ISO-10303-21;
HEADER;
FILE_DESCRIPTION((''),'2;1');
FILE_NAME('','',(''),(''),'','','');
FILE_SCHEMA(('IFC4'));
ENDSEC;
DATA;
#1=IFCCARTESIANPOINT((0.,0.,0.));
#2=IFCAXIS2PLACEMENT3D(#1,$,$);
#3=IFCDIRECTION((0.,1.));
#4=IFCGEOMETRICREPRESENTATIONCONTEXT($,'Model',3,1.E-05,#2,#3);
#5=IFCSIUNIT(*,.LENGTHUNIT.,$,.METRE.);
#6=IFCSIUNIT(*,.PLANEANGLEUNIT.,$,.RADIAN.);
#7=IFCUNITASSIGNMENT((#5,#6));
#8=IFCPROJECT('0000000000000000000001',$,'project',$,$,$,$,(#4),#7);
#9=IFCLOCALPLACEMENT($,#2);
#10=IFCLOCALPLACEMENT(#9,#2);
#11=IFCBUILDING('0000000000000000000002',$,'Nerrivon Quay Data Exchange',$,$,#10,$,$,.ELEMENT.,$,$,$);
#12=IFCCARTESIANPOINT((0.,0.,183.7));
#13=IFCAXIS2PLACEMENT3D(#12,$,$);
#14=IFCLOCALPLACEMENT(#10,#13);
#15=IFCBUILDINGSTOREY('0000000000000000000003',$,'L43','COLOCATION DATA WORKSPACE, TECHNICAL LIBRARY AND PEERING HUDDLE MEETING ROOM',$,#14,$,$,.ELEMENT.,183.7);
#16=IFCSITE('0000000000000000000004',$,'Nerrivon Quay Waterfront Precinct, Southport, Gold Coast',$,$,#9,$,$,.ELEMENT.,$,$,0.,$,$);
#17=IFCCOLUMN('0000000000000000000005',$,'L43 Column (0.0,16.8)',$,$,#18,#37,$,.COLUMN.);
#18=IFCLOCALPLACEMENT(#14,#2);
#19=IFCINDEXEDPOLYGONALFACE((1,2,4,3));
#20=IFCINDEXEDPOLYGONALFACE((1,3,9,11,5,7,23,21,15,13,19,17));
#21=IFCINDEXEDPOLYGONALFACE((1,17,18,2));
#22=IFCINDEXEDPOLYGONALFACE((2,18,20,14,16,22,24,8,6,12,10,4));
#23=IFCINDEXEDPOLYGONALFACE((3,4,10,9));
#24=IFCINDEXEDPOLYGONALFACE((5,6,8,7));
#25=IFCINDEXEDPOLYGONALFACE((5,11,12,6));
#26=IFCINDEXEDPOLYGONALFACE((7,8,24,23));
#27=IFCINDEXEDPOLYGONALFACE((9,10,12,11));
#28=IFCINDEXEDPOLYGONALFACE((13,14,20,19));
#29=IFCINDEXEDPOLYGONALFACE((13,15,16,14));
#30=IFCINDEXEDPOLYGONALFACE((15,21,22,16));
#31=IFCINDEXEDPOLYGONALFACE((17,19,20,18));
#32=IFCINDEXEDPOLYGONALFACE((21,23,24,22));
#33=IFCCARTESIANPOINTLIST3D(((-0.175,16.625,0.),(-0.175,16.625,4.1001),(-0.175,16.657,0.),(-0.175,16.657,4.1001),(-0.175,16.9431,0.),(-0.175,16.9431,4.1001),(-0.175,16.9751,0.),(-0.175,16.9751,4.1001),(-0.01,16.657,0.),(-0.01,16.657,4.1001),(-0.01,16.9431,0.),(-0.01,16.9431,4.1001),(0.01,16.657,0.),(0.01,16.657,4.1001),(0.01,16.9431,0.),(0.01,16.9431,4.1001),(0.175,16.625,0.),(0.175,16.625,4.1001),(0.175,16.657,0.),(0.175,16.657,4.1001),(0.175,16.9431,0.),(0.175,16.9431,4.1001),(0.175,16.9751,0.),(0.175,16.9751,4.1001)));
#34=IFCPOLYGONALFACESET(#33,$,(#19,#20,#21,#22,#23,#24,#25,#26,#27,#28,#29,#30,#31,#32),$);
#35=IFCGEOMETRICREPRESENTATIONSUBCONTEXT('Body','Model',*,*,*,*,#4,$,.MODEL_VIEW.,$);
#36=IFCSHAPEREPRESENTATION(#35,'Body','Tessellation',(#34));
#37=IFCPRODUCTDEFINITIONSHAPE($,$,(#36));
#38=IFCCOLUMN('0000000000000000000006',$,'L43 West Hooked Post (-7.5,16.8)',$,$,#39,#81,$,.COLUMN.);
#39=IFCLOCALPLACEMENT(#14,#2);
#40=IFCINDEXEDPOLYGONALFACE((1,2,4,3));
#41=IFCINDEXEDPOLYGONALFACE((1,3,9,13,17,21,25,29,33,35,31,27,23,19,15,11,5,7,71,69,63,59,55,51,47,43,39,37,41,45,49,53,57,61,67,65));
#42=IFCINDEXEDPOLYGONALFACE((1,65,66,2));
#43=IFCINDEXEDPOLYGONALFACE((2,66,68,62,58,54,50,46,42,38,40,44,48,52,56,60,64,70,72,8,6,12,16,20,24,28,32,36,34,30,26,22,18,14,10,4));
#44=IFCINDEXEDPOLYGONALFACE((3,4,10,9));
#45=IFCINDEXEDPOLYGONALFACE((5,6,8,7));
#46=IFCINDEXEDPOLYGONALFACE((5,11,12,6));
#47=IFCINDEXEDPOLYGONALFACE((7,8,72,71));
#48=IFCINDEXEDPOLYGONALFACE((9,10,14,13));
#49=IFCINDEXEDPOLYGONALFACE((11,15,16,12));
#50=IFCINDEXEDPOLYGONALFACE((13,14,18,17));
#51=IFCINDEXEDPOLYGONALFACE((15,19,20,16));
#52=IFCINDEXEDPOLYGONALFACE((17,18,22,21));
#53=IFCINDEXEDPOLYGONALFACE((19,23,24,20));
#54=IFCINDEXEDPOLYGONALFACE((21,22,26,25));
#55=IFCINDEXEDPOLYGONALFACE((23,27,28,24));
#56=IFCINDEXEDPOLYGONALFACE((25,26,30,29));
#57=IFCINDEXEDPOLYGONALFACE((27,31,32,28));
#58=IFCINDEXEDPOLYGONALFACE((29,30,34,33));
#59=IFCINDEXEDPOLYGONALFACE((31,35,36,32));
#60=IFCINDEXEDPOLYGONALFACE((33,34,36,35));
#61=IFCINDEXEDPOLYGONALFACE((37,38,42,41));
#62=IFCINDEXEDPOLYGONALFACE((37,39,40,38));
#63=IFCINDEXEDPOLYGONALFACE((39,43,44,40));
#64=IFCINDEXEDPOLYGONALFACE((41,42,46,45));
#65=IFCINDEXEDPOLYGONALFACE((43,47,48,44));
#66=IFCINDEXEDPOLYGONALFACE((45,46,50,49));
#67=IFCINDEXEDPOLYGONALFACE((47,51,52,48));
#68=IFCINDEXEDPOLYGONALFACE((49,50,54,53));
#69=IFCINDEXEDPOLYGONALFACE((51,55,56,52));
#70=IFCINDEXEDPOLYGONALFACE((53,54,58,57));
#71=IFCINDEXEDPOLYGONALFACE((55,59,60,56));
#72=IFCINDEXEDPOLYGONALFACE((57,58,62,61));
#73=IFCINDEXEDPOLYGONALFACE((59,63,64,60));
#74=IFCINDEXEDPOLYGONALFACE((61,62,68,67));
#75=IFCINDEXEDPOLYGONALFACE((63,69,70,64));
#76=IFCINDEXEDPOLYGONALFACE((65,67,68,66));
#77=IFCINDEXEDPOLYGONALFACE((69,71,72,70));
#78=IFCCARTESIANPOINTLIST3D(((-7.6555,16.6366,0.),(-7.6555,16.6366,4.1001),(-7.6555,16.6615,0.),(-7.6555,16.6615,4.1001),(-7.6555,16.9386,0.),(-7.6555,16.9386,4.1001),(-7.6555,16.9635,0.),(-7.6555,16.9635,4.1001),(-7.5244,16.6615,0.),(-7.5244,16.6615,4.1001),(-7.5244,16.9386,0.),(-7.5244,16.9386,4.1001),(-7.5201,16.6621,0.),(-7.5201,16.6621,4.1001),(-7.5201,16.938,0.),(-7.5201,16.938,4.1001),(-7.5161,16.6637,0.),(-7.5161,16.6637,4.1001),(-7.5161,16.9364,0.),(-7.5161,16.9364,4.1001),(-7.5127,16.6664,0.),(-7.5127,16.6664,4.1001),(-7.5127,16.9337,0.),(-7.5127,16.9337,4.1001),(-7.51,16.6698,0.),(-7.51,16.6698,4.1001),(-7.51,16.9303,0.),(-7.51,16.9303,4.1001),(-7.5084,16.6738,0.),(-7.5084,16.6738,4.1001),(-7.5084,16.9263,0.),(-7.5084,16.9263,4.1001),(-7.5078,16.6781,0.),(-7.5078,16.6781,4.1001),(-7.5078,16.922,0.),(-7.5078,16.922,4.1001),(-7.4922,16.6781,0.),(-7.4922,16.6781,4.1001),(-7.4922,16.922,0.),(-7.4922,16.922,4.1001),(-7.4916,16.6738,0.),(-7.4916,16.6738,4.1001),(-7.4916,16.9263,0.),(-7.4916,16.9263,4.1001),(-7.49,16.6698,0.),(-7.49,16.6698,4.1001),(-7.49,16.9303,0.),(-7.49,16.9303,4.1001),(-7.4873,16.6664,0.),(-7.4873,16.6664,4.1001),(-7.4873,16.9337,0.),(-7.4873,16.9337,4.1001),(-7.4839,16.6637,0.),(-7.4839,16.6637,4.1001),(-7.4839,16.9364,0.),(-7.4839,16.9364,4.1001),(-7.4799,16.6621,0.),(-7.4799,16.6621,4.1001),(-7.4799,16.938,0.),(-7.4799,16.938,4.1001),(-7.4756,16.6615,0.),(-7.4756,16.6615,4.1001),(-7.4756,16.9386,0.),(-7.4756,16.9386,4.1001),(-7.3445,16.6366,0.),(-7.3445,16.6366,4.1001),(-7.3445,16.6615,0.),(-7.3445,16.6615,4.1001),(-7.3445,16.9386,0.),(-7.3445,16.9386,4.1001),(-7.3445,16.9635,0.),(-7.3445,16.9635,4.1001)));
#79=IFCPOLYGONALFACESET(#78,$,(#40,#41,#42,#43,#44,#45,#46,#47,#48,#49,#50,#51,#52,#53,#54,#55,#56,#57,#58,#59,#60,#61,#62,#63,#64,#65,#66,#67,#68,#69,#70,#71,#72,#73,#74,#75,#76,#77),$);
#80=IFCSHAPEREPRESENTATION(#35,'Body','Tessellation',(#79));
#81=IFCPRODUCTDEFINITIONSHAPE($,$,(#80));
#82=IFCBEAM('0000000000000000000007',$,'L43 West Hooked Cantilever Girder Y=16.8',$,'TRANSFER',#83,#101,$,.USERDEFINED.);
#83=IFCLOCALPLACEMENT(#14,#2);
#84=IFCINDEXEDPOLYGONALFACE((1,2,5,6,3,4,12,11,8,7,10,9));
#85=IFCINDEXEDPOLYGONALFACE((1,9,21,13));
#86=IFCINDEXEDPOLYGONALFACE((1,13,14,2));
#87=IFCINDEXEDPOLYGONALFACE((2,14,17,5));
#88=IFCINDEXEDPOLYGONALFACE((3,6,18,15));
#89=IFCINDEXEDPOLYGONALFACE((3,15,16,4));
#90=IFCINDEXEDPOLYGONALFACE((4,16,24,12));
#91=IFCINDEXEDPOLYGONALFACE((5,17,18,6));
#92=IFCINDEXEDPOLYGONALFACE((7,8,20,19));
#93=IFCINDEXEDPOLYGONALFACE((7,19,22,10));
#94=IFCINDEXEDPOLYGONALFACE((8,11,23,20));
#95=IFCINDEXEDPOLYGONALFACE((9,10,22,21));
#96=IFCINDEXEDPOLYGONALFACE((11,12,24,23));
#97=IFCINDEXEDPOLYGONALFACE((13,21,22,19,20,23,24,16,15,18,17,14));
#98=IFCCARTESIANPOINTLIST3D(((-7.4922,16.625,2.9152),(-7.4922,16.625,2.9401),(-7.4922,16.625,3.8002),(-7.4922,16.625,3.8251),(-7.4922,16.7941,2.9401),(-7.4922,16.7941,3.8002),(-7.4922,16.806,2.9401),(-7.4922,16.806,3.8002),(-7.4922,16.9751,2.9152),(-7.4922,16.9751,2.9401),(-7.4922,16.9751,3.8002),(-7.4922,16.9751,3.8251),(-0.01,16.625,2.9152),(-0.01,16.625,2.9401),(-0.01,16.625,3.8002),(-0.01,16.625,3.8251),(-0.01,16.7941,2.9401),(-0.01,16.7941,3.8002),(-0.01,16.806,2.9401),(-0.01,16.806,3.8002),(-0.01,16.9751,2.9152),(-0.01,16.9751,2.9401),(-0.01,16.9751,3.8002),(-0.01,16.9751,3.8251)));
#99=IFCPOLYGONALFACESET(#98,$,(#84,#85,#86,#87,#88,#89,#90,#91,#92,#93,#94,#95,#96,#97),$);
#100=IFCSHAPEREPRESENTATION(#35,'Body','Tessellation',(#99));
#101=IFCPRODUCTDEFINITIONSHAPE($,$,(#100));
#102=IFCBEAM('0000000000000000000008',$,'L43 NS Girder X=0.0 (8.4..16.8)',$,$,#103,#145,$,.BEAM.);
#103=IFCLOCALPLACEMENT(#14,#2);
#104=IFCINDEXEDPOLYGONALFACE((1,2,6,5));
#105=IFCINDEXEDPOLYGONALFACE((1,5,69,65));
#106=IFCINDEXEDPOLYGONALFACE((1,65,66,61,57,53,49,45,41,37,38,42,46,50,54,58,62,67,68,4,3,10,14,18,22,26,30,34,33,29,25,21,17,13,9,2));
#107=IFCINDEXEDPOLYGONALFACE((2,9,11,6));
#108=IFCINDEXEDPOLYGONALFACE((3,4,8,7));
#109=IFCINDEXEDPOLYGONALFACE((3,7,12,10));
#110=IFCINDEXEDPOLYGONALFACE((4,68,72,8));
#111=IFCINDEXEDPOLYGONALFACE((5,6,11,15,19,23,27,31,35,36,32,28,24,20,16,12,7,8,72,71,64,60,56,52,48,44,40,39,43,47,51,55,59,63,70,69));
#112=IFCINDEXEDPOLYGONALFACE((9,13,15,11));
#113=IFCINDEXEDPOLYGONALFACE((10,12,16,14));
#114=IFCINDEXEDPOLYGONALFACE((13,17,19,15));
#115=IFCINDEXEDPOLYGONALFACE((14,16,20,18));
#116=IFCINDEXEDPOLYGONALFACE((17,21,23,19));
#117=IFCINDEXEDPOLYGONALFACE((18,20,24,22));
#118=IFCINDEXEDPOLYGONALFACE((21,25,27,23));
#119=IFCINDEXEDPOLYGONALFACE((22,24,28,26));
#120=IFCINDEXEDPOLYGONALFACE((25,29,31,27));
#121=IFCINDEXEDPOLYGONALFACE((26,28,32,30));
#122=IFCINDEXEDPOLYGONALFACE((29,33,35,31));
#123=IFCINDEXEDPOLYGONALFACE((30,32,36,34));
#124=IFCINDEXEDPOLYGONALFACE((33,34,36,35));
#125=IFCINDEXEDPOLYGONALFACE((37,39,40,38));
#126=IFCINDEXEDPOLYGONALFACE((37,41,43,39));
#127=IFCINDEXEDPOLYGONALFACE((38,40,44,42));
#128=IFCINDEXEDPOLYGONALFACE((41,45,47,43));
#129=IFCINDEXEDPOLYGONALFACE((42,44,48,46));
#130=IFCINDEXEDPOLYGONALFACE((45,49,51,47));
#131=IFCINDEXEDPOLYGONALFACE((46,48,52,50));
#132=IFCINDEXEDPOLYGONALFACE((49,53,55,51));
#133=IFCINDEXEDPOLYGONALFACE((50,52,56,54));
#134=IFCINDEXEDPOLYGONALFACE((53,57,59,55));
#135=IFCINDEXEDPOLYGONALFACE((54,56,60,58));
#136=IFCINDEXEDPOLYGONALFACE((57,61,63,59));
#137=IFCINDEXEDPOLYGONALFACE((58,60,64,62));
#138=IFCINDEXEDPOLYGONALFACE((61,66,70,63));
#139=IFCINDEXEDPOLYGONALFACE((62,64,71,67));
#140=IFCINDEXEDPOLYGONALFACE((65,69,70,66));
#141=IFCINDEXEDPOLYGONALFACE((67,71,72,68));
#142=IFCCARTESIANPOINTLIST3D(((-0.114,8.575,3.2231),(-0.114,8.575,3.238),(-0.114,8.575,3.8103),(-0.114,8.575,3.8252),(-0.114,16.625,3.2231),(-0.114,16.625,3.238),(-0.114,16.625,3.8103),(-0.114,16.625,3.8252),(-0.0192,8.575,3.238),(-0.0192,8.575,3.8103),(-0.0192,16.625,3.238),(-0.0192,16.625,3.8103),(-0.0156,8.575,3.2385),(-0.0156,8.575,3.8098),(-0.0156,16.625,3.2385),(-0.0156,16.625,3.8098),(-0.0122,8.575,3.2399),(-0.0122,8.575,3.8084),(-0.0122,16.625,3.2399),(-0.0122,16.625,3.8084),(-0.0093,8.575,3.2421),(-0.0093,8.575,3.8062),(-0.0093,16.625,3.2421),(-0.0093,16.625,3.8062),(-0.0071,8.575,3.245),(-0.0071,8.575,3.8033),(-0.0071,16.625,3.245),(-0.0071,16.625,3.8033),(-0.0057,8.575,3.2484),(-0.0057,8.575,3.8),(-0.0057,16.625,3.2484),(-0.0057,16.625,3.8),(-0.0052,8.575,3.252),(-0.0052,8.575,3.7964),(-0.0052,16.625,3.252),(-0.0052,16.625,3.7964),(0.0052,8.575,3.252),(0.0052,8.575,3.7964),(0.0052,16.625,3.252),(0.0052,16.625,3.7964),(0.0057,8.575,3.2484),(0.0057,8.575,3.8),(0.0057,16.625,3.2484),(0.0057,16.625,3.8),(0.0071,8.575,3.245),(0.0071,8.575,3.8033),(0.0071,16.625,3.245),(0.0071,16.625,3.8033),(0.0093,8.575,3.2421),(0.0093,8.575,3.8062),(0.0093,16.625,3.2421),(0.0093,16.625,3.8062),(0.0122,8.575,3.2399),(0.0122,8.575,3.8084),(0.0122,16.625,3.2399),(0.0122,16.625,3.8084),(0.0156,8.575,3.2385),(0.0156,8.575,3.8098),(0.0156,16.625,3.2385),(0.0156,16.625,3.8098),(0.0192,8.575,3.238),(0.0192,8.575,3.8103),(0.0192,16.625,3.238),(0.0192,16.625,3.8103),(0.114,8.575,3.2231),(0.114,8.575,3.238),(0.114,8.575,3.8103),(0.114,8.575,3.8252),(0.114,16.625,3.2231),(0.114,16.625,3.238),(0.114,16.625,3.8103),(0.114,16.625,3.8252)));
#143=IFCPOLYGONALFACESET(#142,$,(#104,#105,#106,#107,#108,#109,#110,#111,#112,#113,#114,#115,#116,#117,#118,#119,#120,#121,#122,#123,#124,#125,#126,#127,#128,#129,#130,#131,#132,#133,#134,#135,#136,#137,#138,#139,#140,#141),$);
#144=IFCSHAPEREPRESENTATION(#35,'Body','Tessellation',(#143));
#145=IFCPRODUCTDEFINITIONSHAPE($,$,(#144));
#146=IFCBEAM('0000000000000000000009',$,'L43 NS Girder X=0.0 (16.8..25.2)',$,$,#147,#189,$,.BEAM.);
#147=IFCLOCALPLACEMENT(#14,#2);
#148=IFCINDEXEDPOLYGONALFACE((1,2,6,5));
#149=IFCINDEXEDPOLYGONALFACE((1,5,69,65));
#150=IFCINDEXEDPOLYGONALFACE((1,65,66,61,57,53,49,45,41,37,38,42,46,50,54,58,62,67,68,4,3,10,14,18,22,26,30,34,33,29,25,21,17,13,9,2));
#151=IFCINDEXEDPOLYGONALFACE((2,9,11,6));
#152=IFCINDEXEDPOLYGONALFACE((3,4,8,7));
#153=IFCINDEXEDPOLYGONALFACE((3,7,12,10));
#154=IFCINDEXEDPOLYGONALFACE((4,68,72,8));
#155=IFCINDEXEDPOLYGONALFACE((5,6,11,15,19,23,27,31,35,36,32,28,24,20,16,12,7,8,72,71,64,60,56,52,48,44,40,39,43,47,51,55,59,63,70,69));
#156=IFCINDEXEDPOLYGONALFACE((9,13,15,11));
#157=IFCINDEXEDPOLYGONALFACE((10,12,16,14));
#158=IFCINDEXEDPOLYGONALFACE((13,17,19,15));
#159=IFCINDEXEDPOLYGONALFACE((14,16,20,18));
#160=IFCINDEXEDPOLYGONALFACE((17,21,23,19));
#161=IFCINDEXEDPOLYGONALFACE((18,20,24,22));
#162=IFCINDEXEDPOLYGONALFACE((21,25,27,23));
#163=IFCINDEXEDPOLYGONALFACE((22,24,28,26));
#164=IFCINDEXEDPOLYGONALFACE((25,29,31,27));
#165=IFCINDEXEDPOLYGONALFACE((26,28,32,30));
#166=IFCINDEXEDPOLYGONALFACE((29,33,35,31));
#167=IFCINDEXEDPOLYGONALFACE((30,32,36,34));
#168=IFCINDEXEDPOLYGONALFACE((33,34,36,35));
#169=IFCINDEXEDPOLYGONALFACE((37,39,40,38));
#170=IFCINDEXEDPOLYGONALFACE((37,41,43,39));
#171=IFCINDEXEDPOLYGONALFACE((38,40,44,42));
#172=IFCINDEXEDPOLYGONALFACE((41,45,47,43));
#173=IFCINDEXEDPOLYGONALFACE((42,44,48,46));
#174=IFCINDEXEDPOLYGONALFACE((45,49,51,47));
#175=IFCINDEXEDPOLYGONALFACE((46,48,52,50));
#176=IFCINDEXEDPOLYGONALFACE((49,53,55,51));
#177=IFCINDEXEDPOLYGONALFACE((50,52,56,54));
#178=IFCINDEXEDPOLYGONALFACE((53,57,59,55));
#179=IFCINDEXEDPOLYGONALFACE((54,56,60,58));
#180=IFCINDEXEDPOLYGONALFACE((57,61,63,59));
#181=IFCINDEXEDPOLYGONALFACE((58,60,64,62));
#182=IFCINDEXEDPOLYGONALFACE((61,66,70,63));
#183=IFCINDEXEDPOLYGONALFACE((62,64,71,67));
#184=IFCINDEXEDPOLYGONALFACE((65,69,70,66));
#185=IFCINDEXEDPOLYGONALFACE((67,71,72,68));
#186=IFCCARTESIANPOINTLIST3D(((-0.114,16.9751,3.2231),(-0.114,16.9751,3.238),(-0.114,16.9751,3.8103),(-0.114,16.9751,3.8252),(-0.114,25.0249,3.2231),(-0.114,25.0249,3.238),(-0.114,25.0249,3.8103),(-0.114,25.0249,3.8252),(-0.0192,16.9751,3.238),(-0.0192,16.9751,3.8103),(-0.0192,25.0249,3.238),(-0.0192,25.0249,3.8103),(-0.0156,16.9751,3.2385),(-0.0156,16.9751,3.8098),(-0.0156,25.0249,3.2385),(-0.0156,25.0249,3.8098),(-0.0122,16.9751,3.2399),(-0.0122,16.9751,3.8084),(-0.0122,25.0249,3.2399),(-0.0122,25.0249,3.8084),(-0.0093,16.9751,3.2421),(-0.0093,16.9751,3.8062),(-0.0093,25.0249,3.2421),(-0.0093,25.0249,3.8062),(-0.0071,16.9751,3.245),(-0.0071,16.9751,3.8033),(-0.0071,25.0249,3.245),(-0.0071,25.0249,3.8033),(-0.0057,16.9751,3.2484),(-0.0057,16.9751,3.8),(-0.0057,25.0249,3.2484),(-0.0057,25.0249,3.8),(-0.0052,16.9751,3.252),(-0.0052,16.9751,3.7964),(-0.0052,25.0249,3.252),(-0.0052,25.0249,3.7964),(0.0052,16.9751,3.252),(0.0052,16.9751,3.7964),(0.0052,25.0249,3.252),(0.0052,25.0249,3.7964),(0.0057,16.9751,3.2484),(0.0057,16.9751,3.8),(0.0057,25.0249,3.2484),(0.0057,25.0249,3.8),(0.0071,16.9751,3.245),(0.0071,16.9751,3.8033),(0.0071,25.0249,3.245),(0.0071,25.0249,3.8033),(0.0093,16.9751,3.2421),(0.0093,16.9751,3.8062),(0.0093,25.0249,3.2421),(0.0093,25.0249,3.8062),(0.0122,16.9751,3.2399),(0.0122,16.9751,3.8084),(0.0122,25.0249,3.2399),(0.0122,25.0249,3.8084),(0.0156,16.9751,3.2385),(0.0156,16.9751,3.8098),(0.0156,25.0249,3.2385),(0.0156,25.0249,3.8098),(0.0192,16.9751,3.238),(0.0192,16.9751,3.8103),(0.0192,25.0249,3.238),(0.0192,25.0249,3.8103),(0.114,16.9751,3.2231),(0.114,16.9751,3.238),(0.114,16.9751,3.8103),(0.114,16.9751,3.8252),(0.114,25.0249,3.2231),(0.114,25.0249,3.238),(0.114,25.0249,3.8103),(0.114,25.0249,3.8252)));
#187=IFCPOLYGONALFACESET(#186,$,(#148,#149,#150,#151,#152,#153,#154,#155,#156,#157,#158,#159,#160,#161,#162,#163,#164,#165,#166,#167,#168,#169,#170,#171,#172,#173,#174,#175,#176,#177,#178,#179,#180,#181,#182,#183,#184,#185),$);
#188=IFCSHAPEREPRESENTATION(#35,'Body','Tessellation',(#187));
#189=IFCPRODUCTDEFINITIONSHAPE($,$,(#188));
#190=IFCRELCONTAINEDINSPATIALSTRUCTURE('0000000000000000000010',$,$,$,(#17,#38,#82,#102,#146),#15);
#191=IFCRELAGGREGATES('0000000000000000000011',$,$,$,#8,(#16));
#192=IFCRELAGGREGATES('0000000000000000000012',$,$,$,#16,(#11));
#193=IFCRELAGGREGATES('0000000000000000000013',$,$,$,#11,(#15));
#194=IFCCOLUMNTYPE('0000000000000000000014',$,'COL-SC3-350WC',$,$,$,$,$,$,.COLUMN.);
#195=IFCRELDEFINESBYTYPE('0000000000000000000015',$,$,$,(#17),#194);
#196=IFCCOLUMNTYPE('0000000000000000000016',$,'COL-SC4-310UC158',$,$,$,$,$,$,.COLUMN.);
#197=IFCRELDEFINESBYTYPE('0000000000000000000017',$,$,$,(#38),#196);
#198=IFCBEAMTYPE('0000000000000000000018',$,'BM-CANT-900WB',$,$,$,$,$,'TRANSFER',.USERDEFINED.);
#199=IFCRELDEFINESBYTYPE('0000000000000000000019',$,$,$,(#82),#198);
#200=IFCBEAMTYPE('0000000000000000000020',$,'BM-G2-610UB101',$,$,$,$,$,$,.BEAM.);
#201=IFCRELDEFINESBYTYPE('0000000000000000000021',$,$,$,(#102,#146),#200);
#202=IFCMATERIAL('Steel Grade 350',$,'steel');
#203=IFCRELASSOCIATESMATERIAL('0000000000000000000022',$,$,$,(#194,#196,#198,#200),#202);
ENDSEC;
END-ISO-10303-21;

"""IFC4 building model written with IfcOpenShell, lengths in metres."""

from ifc_helpers import new_model, si_unit, direction, frame, origin, origin_2d, place, context, subcontext, project, spatial, i_section, extrude, material, material_profile, profile_set, type_object, element, save


model = new_model("IFC4")

# Units and contexts
model_context = context("Model", 3, precision=1e-05, world=origin(), true_north=direction((0.0, 1.0)))
body_context = subcontext(model_context, "Body", "Model", "MODEL_VIEW")
ifc_project = project(units=[si_unit("LENGTHUNIT", "METRE"), si_unit("PLANEANGLEUNIT", "RADIAN")], contexts=[model_context])

# Site, building, storey
site_placement = place(None, origin())
site = spatial("IfcSite", under=ifc_project, at=site_placement, Name="Nerrivon Quay Waterfront Precinct, Southport, Gold Coast", CompositionType="ELEMENT", RefElevation=0.0)
building_placement = place(site_placement, origin())
building = spatial("IfcBuilding", under=site, at=building_placement, Name="Nerrivon Quay Data Exchange", CompositionType="ELEMENT")
storey_placement = place(building_placement, frame((0.0, 0.0, 183.7)))
storey = spatial("IfcBuildingStorey", under=building, at=storey_placement, Name="L43", Description="COLOCATION DATA WORKSPACE, TECHNICAL LIBRARY AND PEERING HUDDLE MEETING ROOM", CompositionType="ELEMENT", Elevation=183.7)

# Columns
ifc_material_1 = material(Name="Steel Grade 350", Category="steel")
ifc_material_profile_1 = material_profile(ifc_material_1, i_section(OverallWidth=0.3501, OverallDepth=0.3501, WebThickness=0.02, FlangeThickness=0.032, at=origin_2d()), Name="350WC230")
ifc_profile_set_1 = profile_set([ifc_material_profile_1], Name="Steel Grade 350")
column_type_1 = type_object("IfcColumnType", Name="COL-SC3-350WC", PredefinedType="COLUMN", material=ifc_profile_set_1)
column_1_placement = place(storey_placement, frame((0.0, 16.8, 0.0), z_axis=(0.0, 0.0, 1.0), x_axis=(1.0, 0.0, 0.0)))
element("IfcColumn", 1, at=column_1_placement, inside=storey, type_object=column_type_1, Name="L43 Column (0.0,16.8)", PredefinedType="COLUMN", context=body_context, shape_type="SweptSolid", body=[
    extrude(i_section(OverallWidth=0.3501, OverallDepth=0.3501, WebThickness=0.02, FlangeThickness=0.032, at=origin_2d()), origin(), (0.0, 0.0, 1.0), 4.1001),
])
ifc_material_profile_2 = material_profile(ifc_material_1, i_section(OverallWidth=0.311, OverallDepth=0.3269, WebThickness=0.0156, FlangeThickness=0.0249, FilletRadius=0.0166, at=origin_2d()), Name="310UC158")
ifc_profile_set_2 = profile_set([ifc_material_profile_2], Name="Steel Grade 350")
column_type_2 = type_object("IfcColumnType", Name="COL-SC4-310UC158", PredefinedType="COLUMN", material=ifc_profile_set_2)
column_2_placement = place(storey_placement, frame((-7.5, 16.8, 0.0), z_axis=(0.0, 0.0, 1.0), x_axis=(1.0, 0.0, 0.0)))
element("IfcColumn", 2, at=column_2_placement, inside=storey, type_object=column_type_2, Name="L43 West Hooked Post (-7.5,16.8)", PredefinedType="COLUMN", context=body_context, shape_type="SweptSolid", body=[
    extrude(i_section(OverallWidth=0.311, OverallDepth=0.3269, WebThickness=0.0156, FlangeThickness=0.0249, FilletRadius=0.0166, at=origin_2d()), origin(), (0.0, 0.0, 1.0), 4.1001),
])

# Beams
ifc_material_profile_3 = material_profile(ifc_material_1, i_section(OverallWidth=0.3501, OverallDepth=0.9099, WebThickness=0.012, FlangeThickness=0.0249, at=origin_2d()), Name="900WB218")
ifc_profile_set_3 = profile_set([ifc_material_profile_3], Name="Steel Grade 350")
beam_type_1 = type_object("IfcBeamType", Name="BM-CANT-900WB", ElementType="TRANSFER", PredefinedType="USERDEFINED", material=ifc_profile_set_3)
beam_1_placement = place(storey_placement, frame((-0.01, 16.8, 3.3701), z_axis=(-1.0, 0.0, 0.0), x_axis=(0.0, -1.0, 0.0)))
element("IfcBeam", 3, at=beam_1_placement, inside=storey, type_object=beam_type_1, Name="L43 West Hooked Cantilever Girder Y=16.8", ObjectType="TRANSFER", PredefinedType="USERDEFINED", context=body_context, shape_type="SweptSolid", body=[
    extrude(i_section(OverallWidth=0.3501, OverallDepth=0.9099, WebThickness=0.012, FlangeThickness=0.0249, at=origin_2d()), origin(), (0.0, 0.0, 1.0), 7.4822),
])
ifc_material_profile_4 = material_profile(ifc_material_1, i_section(OverallWidth=0.228, OverallDepth=0.6021, WebThickness=0.0105, FlangeThickness=0.0149, FilletRadius=0.0139, at=origin_2d()), Name="610UB101")
ifc_profile_set_4 = profile_set([ifc_material_profile_4], Name="Steel Grade 350")
beam_type_2 = type_object("IfcBeamType", Name="BM-G2-610UB101", PredefinedType="BEAM", material=ifc_profile_set_4)
beam_2_placement = place(storey_placement, frame((0.0, 8.575, 3.5242), z_axis=(0.0, 1.0, 0.0), x_axis=(-1.0, 0.0, 0.0)))
element("IfcBeam", 4, at=beam_2_placement, inside=storey, type_object=beam_type_2, Name="L43 NS Girder X=0.0 (8.4..16.8)", PredefinedType="BEAM", context=body_context, shape_type="SweptSolid", body=[
    extrude(i_section(OverallWidth=0.228, OverallDepth=0.6021, WebThickness=0.0105, FlangeThickness=0.0149, FilletRadius=0.0139, at=origin_2d()), origin(), (0.0, 0.0, 1.0), 8.05),
])
beam_3_placement = place(storey_placement, frame((0.0, 16.9751, 3.5242), z_axis=(0.0, 1.0, 0.0), x_axis=(-1.0, 0.0, 0.0)))
element("IfcBeam", 5, at=beam_3_placement, inside=storey, type_object=beam_type_2, Name="L43 NS Girder X=0.0 (16.8..25.2)", PredefinedType="BEAM", context=body_context, shape_type="SweptSolid", body=[
    extrude(i_section(OverallWidth=0.228, OverallDepth=0.6021, WebThickness=0.0105, FlangeThickness=0.0149, FilletRadius=0.0139, at=origin_2d()), origin(), (0.0, 0.0, 1.0), 8.0498),
])

save(model, "model.ifc")
